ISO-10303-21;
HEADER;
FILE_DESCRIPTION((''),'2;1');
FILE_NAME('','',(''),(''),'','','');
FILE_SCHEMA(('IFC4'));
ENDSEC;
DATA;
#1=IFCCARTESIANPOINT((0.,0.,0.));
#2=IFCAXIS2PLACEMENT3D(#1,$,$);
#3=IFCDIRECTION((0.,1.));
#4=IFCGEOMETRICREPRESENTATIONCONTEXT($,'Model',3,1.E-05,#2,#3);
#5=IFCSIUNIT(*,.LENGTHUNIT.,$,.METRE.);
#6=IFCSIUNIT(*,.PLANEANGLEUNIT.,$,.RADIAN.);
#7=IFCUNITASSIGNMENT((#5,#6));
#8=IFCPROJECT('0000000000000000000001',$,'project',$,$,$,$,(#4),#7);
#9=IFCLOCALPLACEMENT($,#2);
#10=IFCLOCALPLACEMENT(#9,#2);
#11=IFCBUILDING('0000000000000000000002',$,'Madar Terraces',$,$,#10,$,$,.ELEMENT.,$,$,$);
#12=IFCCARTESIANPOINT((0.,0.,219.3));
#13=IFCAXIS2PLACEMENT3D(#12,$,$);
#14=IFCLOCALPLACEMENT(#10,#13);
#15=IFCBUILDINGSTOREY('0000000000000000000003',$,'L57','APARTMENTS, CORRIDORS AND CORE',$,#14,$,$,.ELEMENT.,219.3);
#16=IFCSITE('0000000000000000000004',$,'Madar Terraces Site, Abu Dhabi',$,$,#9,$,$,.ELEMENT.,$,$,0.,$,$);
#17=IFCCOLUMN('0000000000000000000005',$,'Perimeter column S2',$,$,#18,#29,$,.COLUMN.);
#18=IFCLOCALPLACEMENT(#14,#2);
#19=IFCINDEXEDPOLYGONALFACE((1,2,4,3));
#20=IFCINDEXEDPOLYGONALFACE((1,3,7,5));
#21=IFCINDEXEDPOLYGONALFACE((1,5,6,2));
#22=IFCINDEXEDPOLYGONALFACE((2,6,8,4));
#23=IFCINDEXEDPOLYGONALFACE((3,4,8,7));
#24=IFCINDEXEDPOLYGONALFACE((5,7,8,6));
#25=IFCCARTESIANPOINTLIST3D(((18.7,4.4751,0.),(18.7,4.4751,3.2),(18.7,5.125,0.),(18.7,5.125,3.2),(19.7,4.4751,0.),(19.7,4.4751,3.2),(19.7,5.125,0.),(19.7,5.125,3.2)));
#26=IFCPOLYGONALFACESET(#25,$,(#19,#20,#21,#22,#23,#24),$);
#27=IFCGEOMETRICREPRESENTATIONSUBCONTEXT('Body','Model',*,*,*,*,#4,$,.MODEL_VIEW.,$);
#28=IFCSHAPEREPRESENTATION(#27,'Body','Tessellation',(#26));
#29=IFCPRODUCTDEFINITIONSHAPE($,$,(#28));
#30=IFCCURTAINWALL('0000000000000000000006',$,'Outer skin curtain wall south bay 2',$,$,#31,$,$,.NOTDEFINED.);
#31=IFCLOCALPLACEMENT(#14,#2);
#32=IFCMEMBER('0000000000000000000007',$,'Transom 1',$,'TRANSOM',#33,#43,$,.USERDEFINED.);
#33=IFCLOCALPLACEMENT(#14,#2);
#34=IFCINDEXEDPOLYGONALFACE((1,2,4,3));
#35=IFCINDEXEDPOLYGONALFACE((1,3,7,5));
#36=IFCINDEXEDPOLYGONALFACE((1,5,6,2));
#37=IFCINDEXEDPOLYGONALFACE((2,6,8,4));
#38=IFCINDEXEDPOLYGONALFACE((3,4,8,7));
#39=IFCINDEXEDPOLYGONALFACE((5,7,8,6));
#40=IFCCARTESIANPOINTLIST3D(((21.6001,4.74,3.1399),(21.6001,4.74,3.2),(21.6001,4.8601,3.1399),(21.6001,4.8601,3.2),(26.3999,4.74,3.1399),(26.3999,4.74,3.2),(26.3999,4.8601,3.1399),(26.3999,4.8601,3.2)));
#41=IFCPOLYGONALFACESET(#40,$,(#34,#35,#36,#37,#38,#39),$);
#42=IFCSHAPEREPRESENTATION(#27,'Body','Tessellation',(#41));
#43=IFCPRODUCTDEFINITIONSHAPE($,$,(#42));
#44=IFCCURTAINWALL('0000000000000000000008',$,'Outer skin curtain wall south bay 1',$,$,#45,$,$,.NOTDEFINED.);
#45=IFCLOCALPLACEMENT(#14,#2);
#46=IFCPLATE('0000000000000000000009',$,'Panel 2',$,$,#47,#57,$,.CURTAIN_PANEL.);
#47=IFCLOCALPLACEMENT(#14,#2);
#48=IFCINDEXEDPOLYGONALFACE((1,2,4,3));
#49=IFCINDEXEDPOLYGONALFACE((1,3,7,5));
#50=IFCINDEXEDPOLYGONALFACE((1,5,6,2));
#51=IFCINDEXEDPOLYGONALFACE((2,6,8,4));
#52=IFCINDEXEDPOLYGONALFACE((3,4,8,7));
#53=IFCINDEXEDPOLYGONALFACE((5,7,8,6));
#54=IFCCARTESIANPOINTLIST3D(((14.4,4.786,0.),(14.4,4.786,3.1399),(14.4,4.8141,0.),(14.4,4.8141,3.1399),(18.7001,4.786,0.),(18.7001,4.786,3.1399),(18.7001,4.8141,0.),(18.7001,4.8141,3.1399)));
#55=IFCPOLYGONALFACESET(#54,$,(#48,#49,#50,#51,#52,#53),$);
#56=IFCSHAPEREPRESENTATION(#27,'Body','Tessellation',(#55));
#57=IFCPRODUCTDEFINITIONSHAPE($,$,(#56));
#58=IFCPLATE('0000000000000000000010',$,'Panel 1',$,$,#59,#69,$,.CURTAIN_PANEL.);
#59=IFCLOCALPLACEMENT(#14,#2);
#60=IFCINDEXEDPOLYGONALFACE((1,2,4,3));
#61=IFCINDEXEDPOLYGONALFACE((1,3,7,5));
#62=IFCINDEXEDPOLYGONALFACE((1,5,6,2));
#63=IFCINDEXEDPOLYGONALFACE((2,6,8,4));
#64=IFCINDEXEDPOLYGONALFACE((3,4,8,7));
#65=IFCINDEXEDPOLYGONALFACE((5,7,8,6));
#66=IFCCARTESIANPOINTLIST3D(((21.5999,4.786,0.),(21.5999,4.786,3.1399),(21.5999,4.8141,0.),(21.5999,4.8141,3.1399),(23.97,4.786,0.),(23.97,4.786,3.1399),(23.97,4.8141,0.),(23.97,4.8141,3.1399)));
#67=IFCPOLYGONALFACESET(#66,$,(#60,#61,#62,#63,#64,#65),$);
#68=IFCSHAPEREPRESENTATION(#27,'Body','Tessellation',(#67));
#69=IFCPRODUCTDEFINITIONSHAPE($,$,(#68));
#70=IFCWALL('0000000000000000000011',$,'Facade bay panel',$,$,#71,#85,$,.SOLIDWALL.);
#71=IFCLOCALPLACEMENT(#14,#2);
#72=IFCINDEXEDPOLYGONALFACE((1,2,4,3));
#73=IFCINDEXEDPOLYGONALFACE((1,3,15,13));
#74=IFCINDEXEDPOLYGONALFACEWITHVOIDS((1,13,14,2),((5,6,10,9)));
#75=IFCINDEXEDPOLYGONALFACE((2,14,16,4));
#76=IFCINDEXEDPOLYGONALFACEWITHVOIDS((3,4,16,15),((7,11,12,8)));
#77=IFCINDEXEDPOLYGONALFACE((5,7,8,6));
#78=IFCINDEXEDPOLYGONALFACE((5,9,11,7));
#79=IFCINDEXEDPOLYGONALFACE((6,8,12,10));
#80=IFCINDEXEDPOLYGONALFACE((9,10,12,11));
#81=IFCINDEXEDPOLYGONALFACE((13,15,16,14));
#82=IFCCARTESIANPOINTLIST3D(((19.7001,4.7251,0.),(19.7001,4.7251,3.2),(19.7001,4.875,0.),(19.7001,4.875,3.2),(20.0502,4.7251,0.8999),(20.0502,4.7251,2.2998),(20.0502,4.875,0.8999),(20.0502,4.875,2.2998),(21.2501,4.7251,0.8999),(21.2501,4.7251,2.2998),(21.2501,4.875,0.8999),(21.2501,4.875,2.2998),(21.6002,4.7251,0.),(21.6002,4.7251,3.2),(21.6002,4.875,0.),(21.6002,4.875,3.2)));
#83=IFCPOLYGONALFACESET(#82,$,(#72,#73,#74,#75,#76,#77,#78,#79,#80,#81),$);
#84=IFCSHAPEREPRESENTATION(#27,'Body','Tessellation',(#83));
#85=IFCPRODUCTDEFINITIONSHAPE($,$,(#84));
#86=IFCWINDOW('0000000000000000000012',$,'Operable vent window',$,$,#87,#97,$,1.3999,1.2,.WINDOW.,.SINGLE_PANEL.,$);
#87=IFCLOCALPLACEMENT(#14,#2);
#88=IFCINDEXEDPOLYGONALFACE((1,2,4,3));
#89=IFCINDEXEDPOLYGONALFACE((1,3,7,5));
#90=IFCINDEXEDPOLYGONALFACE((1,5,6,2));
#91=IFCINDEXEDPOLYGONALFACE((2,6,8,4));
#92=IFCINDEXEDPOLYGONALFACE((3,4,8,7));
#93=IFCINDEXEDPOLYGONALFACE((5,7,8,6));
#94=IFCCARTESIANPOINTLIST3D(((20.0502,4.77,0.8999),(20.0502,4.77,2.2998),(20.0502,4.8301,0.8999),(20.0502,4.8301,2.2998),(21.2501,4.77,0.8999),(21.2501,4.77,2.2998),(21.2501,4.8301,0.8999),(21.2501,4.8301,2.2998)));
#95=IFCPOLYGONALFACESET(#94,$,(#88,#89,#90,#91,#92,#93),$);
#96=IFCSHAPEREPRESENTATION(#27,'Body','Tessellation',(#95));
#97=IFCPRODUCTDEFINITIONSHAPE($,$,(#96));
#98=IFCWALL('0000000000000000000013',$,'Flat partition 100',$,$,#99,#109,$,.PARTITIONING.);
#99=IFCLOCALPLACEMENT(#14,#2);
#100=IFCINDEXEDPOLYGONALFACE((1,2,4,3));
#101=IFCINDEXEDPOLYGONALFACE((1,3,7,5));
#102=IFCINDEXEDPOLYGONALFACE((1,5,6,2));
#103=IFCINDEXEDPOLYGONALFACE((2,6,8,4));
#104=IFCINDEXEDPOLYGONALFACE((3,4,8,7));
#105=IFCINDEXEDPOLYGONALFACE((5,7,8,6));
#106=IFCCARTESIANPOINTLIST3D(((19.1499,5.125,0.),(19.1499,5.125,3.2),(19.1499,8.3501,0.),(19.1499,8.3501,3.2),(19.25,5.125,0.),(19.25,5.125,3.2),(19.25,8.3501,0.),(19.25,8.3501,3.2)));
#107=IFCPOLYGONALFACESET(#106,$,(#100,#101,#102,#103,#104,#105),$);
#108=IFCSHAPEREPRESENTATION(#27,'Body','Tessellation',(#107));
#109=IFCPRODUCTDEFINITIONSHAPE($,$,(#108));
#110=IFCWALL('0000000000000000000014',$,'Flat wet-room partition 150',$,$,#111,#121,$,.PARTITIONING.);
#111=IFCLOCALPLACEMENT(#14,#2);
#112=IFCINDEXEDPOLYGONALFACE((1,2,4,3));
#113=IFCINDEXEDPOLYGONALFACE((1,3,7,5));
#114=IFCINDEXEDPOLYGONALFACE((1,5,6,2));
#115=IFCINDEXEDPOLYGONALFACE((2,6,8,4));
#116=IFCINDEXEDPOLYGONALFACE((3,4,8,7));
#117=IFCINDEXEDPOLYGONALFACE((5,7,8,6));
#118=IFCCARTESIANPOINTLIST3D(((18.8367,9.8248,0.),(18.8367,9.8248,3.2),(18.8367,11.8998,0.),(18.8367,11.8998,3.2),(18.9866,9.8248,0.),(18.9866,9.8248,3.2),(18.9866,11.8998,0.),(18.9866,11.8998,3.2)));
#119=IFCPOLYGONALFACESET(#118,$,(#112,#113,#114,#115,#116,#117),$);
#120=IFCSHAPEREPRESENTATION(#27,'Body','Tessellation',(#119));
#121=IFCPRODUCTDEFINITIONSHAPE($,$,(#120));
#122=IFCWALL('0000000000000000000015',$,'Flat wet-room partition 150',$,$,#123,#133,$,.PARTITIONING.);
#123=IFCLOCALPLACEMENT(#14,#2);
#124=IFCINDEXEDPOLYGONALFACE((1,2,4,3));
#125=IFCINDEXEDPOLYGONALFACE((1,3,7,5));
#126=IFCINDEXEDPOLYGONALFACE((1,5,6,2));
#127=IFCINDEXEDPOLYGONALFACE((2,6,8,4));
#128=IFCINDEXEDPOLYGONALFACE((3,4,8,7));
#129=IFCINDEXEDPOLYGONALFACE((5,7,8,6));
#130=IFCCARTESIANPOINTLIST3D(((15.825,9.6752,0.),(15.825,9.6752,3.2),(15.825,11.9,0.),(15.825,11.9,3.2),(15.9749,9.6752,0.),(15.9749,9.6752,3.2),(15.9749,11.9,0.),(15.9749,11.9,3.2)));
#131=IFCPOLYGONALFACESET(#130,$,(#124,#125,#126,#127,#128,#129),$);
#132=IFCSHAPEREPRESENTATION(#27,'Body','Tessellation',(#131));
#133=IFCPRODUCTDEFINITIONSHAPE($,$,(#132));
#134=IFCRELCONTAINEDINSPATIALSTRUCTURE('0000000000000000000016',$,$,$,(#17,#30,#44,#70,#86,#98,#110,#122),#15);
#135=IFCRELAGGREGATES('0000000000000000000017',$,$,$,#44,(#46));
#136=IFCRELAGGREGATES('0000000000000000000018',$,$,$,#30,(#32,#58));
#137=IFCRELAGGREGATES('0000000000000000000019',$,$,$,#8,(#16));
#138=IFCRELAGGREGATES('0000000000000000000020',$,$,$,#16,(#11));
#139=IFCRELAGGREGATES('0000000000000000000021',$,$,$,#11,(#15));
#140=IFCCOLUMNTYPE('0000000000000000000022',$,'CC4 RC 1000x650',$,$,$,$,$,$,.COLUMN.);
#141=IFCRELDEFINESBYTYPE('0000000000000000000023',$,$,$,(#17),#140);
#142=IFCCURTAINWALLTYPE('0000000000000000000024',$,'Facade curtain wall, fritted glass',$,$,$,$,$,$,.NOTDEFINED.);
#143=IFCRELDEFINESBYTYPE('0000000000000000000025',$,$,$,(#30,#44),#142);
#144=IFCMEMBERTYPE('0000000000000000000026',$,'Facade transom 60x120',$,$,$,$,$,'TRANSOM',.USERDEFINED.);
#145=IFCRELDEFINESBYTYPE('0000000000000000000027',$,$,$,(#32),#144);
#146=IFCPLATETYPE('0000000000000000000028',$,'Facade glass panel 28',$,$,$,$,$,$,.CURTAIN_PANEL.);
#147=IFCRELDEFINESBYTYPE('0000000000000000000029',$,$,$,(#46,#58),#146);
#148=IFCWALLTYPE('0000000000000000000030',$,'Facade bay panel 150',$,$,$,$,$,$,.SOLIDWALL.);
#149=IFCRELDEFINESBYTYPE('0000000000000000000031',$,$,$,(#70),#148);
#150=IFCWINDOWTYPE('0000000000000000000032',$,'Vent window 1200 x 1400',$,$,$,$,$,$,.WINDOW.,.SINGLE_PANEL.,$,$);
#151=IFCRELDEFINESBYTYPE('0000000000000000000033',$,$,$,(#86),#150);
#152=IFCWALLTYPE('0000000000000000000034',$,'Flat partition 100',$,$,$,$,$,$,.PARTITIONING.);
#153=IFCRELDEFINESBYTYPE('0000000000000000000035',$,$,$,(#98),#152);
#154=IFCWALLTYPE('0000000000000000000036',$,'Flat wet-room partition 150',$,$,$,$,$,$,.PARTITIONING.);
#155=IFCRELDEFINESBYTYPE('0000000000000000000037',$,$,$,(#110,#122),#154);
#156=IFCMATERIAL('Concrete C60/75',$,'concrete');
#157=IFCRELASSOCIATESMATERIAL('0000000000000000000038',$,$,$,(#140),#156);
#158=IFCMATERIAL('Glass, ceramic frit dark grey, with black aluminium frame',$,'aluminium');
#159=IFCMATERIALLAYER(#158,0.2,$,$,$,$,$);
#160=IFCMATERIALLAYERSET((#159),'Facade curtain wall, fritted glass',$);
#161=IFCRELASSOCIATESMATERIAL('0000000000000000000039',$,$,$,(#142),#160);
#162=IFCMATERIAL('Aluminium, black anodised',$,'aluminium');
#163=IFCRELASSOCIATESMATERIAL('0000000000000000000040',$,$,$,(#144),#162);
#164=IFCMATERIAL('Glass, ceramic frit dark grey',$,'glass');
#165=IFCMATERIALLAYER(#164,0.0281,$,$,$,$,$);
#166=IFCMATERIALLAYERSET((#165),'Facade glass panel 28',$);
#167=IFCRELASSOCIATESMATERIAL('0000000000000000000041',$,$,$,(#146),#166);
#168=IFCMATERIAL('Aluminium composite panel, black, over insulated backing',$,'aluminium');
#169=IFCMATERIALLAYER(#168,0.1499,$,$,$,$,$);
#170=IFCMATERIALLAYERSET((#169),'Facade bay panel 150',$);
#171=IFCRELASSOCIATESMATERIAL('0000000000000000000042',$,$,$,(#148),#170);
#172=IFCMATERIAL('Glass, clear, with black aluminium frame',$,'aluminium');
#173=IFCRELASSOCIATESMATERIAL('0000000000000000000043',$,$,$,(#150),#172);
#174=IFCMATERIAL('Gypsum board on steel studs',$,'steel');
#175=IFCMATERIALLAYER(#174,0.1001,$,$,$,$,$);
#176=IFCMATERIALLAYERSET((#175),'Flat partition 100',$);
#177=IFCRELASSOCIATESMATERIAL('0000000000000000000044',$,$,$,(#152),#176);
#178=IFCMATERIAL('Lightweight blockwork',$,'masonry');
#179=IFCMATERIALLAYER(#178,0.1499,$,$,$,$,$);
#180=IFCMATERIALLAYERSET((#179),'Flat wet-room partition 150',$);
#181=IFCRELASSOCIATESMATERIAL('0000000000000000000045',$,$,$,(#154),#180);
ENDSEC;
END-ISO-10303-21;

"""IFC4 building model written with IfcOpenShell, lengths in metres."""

from ifc_helpers import new_model, si_unit, direction, frame, frame_2d, origin, origin_2d, place, context, subcontext, project, spatial, rectangle, extrude, material, layer, layer_set, material_profile, profile_set, type_object, element, fill, aggregate, save


model = new_model("IFC4")

# Units and contexts
model_context = context("Model", 3, precision=1e-05, world=origin(), true_north=direction((0.0, 1.0)))
body_context = subcontext(model_context, "Body", "Model", "MODEL_VIEW")
ifc_project = project(units=[si_unit("LENGTHUNIT", "METRE"), si_unit("PLANEANGLEUNIT", "RADIAN")], contexts=[model_context])

# Site, building, storey
site_placement = place(None, origin())
site = spatial("IfcSite", under=ifc_project, at=site_placement, Name="Madar Terraces Site, Abu Dhabi", CompositionType="ELEMENT", RefElevation=0.0)
building_placement = place(site_placement, origin())
building = spatial("IfcBuilding", under=site, at=building_placement, Name="Madar Terraces", CompositionType="ELEMENT")
storey_placement = place(building_placement, frame((0.0, 0.0, 219.3)))
storey = spatial("IfcBuildingStorey", under=building, at=storey_placement, Name="L57", Description="APARTMENTS, CORRIDORS AND CORE", CompositionType="ELEMENT", Elevation=219.3)

# Column
ifc_material_1 = material(Name="Concrete C60/75", Category="concrete")
ifc_material_profile_1 = material_profile(ifc_material_1, rectangle(XDim=1.0, YDim=0.6499, at=origin_2d()), Name="CC4 RC 1000x650")
ifc_profile_set_1 = profile_set([ifc_material_profile_1], Name="Concrete C60/75")
column_type = type_object("IfcColumnType", Name="CC4 RC 1000x650", PredefinedType="COLUMN", material=ifc_profile_set_1)
column_placement = place(storey_placement, frame((19.2, 4.8, 0.0), z_axis=(0.0, 0.0, 1.0), x_axis=(1.0, 0.0, 0.0)))
element("IfcColumn", 1, at=column_placement, inside=storey, type_object=column_type, Name="Perimeter column S2", PredefinedType="COLUMN", context=body_context, shape_type="SweptSolid", body=[
    extrude(rectangle(XDim=1.0, YDim=0.6499, at=origin_2d()), origin(), (0.0, 0.0, 1.0), 3.2),
])

# Curtain wall, member
ifc_material_2 = material(Name="Glass, ceramic frit dark grey, with black aluminium frame", Category="aluminium")
ifc_layer_1 = layer(ifc_material_2, 0.2)
ifc_layer_set_1 = layer_set([ifc_layer_1], Name="Facade curtain wall, fritted glass")
curtain_wall_type = type_object("IfcCurtainWallType", Name="Facade curtain wall, fritted glass", PredefinedType="NOTDEFINED", material=ifc_layer_set_1)
curtain_wall_1_placement = place(storey_placement, origin())
curtain_wall_1 = element("IfcCurtainWall", 2, at=curtain_wall_1_placement, inside=storey, type_object=curtain_wall_type, Name="Outer skin curtain wall south bay 2", PredefinedType="NOTDEFINED")
ifc_material_3 = material(Name="Aluminium, black anodised", Category="aluminium")
ifc_material_profile_2 = material_profile(ifc_material_3, rectangle(XDim=0.1201, YDim=0.0601, at=origin_2d()), Name="Facade transom 60x120")
ifc_profile_set_2 = profile_set([ifc_material_profile_2], Name="Aluminium, black anodised")
member_type = type_object("IfcMemberType", Name="Facade transom 60x120", ElementType="TRANSOM", PredefinedType="USERDEFINED", material=ifc_profile_set_2)
member_placement = place(storey_placement, frame((21.6001, 4.8, 3.1699), z_axis=(1.0, 0.0, 0.0), x_axis=(0.0, 1.0, 0.0)))
member = element("IfcMember", 3, at=member_placement, type_object=member_type, Name="Transom 1", ObjectType="TRANSOM", PredefinedType="USERDEFINED", context=body_context, shape_type="SweptSolid", body=[
    extrude(rectangle(XDim=0.1201, YDim=0.0601, at=origin_2d()), origin(), (0.0, 0.0, 1.0), 4.7998),
])

# Curtain wall, plate
curtain_wall_2_placement = place(storey_placement, origin())
curtain_wall_2 = element("IfcCurtainWall", 4, at=curtain_wall_2_placement, inside=storey, type_object=curtain_wall_type, Name="Outer skin curtain wall south bay 1", PredefinedType="NOTDEFINED")
ifc_material_4 = material(Name="Glass, ceramic frit dark grey", Category="glass")
ifc_layer_2 = layer(ifc_material_4, 0.0281)
ifc_layer_set_2 = layer_set([ifc_layer_2], Name="Facade glass panel 28")
plate_type = type_object("IfcPlateType", Name="Facade glass panel 28", PredefinedType="CURTAIN_PANEL", material=ifc_layer_set_2)
plate_1_placement = place(storey_placement, frame((16.55, 4.8, 0.0), z_axis=(0.0, 0.0, 1.0), x_axis=(1.0, 0.0, 0.0)))
plate_1 = element("IfcPlate", 5, at=plate_1_placement, type_object=plate_type, Name="Panel 2", PredefinedType="CURTAIN_PANEL", context=body_context, shape_type="SweptSolid", body=[
    extrude(rectangle(XDim=4.3, YDim=0.0281, at=origin_2d()), origin(), (0.0, 0.0, 1.0), 3.1399),
])
aggregate(curtain_wall_2, [plate_1])

# Plate
plate_2_placement = place(storey_placement, frame((22.7849, 4.8, 0.0), z_axis=(0.0, 0.0, 1.0), x_axis=(1.0, 0.0, 0.0)))
plate_2 = element("IfcPlate", 6, at=plate_2_placement, type_object=plate_type, Name="Panel 1", PredefinedType="CURTAIN_PANEL", context=body_context, shape_type="SweptSolid", body=[
    extrude(rectangle(XDim=2.3701, YDim=0.0281, at=origin_2d()), origin(), (0.0, 0.0, 1.0), 3.1399),
])
aggregate(curtain_wall_1, [member, plate_2])

# Wall, opening, window
ifc_material_5 = material(Name="Aluminium composite panel, black, over insulated backing", Category="aluminium")
ifc_layer_3 = layer(ifc_material_5, 0.1499)
ifc_layer_set_3 = layer_set([ifc_layer_3], Name="Facade bay panel 150")
wall_type_1 = type_object("IfcWallType", Name="Facade bay panel 150", PredefinedType="SOLIDWALL", material=ifc_layer_set_3)
wall_1_placement = place(storey_placement, frame((19.7, 4.8, 0.0), z_axis=(0.0, 0.0, 1.0), x_axis=(1.0, 0.0, 0.0)))
wall_1 = element("IfcWall", 7, at=wall_1_placement, inside=storey, type_object=wall_type_1, Name="Facade bay panel", PredefinedType="SOLIDWALL", context=body_context, shape_type="SweptSolid", body=[
    extrude(rectangle(XDim=1.9001, YDim=0.1499, at=frame_2d((0.9502, 0.0))), origin(), (0.0, 0.0, 1.0), 3.2),
])
opening_1_placement = place(wall_1_placement, frame((0.3501, 0.0, 0.8999)))
opening_1 = element("IfcOpeningElement", 8, at=opening_1_placement, cuts=wall_1, PredefinedType="OPENING", context=body_context, shape_type="SweptSolid", body=[
    extrude(rectangle(XDim=1.2, YDim=1.3999, at=frame_2d((0.6001, 0.7))), frame((0.0, 0.085, 0.0), z_axis=(0.0, -1.0, 0.0), x_axis=(1.0, 0.0, 0.0)), (0.0, 0.0, 1.0), 0.1699),
])
ifc_material_6 = material(Name="Glass, clear, with black aluminium frame", Category="aluminium")
window_type = type_object("IfcWindowType", Name="Vent window 1200 x 1400", PartitioningType="SINGLE_PANEL", PredefinedType="WINDOW", material=ifc_material_6)
window_placement = place(opening_1_placement, origin())
window = element("IfcWindow", 9, at=window_placement, inside=storey, type_object=window_type, Name="Operable vent window", OverallHeight=1.3999, OverallWidth=1.2, PartitioningType="SINGLE_PANEL", PredefinedType="WINDOW", context=body_context, shape_type="SweptSolid", body=[
    extrude(rectangle(XDim=1.2, YDim=1.3999, at=frame_2d((0.6001, 0.7))), frame((0.0, 0.03, 0.0), z_axis=(0.0, -1.0, 0.0), x_axis=(1.0, 0.0, 0.0)), (0.0, 0.0, 1.0), 0.0601),
])
fill(opening_1, window)

# Walls
ifc_material_7 = material(Name="Gypsum board on steel studs", Category="steel")
ifc_layer_4 = layer(ifc_material_7, 0.1001)
ifc_layer_set_4 = layer_set([ifc_layer_4], Name="Flat partition 100")
wall_type_2 = type_object("IfcWallType", Name="Flat partition 100", PredefinedType="PARTITIONING", material=ifc_layer_set_4)
wall_2_placement = place(storey_placement, frame((19.2, 8.3501, 0.0), z_axis=(0.0, 0.0, 1.0), x_axis=(0.0, -1.0, 0.0)))
element("IfcWall", 10, at=wall_2_placement, inside=storey, type_object=wall_type_2, Name="Flat partition 100", PredefinedType="PARTITIONING", context=body_context, shape_type="SweptSolid", body=[
    extrude(rectangle(XDim=3.2251, YDim=0.1001, at=frame_2d((1.6125, 0.0))), origin(), (0.0, 0.0, 1.0), 3.2),
])
ifc_material_8 = material(Name="Lightweight blockwork", Category="masonry")
ifc_layer_5 = layer(ifc_material_8, 0.1499)
ifc_layer_set_5 = layer_set([ifc_layer_5], Name="Flat wet-room partition 150")
wall_type_3 = type_object("IfcWallType", Name="Flat wet-room partition 150", PredefinedType="PARTITIONING", material=ifc_layer_set_5)
wall_3_placement = place(storey_placement, frame((18.9116, 11.8999, 0.0), z_axis=(0.0, 0.0, 1.0), x_axis=(0.0, -1.0, 0.0)))
element("IfcWall", 11, at=wall_3_placement, inside=storey, type_object=wall_type_3, Name="Flat wet-room partition 150", PredefinedType="PARTITIONING", context=body_context, shape_type="SweptSolid", body=[
    extrude(rectangle(XDim=2.075, YDim=0.1499, at=frame_2d((1.0376, 0.0))), origin(), (0.0, 0.0, 1.0), 3.2),
])
wall_4_placement = place(storey_placement, frame((15.8999, 11.8999, 0.0), z_axis=(0.0, 0.0, 1.0), x_axis=(0.0, -1.0, 0.0)))
element("IfcWall", 12, at=wall_4_placement, inside=storey, type_object=wall_type_3, Name="Flat wet-room partition 150", PredefinedType="PARTITIONING", context=body_context, shape_type="SweptSolid", body=[
    extrude(rectangle(XDim=2.2249, YDim=0.1499, at=frame_2d((1.1123, 0.0))), origin(), (0.0, 0.0, 1.0), 3.2),
])

save(model, "model.ifc")
